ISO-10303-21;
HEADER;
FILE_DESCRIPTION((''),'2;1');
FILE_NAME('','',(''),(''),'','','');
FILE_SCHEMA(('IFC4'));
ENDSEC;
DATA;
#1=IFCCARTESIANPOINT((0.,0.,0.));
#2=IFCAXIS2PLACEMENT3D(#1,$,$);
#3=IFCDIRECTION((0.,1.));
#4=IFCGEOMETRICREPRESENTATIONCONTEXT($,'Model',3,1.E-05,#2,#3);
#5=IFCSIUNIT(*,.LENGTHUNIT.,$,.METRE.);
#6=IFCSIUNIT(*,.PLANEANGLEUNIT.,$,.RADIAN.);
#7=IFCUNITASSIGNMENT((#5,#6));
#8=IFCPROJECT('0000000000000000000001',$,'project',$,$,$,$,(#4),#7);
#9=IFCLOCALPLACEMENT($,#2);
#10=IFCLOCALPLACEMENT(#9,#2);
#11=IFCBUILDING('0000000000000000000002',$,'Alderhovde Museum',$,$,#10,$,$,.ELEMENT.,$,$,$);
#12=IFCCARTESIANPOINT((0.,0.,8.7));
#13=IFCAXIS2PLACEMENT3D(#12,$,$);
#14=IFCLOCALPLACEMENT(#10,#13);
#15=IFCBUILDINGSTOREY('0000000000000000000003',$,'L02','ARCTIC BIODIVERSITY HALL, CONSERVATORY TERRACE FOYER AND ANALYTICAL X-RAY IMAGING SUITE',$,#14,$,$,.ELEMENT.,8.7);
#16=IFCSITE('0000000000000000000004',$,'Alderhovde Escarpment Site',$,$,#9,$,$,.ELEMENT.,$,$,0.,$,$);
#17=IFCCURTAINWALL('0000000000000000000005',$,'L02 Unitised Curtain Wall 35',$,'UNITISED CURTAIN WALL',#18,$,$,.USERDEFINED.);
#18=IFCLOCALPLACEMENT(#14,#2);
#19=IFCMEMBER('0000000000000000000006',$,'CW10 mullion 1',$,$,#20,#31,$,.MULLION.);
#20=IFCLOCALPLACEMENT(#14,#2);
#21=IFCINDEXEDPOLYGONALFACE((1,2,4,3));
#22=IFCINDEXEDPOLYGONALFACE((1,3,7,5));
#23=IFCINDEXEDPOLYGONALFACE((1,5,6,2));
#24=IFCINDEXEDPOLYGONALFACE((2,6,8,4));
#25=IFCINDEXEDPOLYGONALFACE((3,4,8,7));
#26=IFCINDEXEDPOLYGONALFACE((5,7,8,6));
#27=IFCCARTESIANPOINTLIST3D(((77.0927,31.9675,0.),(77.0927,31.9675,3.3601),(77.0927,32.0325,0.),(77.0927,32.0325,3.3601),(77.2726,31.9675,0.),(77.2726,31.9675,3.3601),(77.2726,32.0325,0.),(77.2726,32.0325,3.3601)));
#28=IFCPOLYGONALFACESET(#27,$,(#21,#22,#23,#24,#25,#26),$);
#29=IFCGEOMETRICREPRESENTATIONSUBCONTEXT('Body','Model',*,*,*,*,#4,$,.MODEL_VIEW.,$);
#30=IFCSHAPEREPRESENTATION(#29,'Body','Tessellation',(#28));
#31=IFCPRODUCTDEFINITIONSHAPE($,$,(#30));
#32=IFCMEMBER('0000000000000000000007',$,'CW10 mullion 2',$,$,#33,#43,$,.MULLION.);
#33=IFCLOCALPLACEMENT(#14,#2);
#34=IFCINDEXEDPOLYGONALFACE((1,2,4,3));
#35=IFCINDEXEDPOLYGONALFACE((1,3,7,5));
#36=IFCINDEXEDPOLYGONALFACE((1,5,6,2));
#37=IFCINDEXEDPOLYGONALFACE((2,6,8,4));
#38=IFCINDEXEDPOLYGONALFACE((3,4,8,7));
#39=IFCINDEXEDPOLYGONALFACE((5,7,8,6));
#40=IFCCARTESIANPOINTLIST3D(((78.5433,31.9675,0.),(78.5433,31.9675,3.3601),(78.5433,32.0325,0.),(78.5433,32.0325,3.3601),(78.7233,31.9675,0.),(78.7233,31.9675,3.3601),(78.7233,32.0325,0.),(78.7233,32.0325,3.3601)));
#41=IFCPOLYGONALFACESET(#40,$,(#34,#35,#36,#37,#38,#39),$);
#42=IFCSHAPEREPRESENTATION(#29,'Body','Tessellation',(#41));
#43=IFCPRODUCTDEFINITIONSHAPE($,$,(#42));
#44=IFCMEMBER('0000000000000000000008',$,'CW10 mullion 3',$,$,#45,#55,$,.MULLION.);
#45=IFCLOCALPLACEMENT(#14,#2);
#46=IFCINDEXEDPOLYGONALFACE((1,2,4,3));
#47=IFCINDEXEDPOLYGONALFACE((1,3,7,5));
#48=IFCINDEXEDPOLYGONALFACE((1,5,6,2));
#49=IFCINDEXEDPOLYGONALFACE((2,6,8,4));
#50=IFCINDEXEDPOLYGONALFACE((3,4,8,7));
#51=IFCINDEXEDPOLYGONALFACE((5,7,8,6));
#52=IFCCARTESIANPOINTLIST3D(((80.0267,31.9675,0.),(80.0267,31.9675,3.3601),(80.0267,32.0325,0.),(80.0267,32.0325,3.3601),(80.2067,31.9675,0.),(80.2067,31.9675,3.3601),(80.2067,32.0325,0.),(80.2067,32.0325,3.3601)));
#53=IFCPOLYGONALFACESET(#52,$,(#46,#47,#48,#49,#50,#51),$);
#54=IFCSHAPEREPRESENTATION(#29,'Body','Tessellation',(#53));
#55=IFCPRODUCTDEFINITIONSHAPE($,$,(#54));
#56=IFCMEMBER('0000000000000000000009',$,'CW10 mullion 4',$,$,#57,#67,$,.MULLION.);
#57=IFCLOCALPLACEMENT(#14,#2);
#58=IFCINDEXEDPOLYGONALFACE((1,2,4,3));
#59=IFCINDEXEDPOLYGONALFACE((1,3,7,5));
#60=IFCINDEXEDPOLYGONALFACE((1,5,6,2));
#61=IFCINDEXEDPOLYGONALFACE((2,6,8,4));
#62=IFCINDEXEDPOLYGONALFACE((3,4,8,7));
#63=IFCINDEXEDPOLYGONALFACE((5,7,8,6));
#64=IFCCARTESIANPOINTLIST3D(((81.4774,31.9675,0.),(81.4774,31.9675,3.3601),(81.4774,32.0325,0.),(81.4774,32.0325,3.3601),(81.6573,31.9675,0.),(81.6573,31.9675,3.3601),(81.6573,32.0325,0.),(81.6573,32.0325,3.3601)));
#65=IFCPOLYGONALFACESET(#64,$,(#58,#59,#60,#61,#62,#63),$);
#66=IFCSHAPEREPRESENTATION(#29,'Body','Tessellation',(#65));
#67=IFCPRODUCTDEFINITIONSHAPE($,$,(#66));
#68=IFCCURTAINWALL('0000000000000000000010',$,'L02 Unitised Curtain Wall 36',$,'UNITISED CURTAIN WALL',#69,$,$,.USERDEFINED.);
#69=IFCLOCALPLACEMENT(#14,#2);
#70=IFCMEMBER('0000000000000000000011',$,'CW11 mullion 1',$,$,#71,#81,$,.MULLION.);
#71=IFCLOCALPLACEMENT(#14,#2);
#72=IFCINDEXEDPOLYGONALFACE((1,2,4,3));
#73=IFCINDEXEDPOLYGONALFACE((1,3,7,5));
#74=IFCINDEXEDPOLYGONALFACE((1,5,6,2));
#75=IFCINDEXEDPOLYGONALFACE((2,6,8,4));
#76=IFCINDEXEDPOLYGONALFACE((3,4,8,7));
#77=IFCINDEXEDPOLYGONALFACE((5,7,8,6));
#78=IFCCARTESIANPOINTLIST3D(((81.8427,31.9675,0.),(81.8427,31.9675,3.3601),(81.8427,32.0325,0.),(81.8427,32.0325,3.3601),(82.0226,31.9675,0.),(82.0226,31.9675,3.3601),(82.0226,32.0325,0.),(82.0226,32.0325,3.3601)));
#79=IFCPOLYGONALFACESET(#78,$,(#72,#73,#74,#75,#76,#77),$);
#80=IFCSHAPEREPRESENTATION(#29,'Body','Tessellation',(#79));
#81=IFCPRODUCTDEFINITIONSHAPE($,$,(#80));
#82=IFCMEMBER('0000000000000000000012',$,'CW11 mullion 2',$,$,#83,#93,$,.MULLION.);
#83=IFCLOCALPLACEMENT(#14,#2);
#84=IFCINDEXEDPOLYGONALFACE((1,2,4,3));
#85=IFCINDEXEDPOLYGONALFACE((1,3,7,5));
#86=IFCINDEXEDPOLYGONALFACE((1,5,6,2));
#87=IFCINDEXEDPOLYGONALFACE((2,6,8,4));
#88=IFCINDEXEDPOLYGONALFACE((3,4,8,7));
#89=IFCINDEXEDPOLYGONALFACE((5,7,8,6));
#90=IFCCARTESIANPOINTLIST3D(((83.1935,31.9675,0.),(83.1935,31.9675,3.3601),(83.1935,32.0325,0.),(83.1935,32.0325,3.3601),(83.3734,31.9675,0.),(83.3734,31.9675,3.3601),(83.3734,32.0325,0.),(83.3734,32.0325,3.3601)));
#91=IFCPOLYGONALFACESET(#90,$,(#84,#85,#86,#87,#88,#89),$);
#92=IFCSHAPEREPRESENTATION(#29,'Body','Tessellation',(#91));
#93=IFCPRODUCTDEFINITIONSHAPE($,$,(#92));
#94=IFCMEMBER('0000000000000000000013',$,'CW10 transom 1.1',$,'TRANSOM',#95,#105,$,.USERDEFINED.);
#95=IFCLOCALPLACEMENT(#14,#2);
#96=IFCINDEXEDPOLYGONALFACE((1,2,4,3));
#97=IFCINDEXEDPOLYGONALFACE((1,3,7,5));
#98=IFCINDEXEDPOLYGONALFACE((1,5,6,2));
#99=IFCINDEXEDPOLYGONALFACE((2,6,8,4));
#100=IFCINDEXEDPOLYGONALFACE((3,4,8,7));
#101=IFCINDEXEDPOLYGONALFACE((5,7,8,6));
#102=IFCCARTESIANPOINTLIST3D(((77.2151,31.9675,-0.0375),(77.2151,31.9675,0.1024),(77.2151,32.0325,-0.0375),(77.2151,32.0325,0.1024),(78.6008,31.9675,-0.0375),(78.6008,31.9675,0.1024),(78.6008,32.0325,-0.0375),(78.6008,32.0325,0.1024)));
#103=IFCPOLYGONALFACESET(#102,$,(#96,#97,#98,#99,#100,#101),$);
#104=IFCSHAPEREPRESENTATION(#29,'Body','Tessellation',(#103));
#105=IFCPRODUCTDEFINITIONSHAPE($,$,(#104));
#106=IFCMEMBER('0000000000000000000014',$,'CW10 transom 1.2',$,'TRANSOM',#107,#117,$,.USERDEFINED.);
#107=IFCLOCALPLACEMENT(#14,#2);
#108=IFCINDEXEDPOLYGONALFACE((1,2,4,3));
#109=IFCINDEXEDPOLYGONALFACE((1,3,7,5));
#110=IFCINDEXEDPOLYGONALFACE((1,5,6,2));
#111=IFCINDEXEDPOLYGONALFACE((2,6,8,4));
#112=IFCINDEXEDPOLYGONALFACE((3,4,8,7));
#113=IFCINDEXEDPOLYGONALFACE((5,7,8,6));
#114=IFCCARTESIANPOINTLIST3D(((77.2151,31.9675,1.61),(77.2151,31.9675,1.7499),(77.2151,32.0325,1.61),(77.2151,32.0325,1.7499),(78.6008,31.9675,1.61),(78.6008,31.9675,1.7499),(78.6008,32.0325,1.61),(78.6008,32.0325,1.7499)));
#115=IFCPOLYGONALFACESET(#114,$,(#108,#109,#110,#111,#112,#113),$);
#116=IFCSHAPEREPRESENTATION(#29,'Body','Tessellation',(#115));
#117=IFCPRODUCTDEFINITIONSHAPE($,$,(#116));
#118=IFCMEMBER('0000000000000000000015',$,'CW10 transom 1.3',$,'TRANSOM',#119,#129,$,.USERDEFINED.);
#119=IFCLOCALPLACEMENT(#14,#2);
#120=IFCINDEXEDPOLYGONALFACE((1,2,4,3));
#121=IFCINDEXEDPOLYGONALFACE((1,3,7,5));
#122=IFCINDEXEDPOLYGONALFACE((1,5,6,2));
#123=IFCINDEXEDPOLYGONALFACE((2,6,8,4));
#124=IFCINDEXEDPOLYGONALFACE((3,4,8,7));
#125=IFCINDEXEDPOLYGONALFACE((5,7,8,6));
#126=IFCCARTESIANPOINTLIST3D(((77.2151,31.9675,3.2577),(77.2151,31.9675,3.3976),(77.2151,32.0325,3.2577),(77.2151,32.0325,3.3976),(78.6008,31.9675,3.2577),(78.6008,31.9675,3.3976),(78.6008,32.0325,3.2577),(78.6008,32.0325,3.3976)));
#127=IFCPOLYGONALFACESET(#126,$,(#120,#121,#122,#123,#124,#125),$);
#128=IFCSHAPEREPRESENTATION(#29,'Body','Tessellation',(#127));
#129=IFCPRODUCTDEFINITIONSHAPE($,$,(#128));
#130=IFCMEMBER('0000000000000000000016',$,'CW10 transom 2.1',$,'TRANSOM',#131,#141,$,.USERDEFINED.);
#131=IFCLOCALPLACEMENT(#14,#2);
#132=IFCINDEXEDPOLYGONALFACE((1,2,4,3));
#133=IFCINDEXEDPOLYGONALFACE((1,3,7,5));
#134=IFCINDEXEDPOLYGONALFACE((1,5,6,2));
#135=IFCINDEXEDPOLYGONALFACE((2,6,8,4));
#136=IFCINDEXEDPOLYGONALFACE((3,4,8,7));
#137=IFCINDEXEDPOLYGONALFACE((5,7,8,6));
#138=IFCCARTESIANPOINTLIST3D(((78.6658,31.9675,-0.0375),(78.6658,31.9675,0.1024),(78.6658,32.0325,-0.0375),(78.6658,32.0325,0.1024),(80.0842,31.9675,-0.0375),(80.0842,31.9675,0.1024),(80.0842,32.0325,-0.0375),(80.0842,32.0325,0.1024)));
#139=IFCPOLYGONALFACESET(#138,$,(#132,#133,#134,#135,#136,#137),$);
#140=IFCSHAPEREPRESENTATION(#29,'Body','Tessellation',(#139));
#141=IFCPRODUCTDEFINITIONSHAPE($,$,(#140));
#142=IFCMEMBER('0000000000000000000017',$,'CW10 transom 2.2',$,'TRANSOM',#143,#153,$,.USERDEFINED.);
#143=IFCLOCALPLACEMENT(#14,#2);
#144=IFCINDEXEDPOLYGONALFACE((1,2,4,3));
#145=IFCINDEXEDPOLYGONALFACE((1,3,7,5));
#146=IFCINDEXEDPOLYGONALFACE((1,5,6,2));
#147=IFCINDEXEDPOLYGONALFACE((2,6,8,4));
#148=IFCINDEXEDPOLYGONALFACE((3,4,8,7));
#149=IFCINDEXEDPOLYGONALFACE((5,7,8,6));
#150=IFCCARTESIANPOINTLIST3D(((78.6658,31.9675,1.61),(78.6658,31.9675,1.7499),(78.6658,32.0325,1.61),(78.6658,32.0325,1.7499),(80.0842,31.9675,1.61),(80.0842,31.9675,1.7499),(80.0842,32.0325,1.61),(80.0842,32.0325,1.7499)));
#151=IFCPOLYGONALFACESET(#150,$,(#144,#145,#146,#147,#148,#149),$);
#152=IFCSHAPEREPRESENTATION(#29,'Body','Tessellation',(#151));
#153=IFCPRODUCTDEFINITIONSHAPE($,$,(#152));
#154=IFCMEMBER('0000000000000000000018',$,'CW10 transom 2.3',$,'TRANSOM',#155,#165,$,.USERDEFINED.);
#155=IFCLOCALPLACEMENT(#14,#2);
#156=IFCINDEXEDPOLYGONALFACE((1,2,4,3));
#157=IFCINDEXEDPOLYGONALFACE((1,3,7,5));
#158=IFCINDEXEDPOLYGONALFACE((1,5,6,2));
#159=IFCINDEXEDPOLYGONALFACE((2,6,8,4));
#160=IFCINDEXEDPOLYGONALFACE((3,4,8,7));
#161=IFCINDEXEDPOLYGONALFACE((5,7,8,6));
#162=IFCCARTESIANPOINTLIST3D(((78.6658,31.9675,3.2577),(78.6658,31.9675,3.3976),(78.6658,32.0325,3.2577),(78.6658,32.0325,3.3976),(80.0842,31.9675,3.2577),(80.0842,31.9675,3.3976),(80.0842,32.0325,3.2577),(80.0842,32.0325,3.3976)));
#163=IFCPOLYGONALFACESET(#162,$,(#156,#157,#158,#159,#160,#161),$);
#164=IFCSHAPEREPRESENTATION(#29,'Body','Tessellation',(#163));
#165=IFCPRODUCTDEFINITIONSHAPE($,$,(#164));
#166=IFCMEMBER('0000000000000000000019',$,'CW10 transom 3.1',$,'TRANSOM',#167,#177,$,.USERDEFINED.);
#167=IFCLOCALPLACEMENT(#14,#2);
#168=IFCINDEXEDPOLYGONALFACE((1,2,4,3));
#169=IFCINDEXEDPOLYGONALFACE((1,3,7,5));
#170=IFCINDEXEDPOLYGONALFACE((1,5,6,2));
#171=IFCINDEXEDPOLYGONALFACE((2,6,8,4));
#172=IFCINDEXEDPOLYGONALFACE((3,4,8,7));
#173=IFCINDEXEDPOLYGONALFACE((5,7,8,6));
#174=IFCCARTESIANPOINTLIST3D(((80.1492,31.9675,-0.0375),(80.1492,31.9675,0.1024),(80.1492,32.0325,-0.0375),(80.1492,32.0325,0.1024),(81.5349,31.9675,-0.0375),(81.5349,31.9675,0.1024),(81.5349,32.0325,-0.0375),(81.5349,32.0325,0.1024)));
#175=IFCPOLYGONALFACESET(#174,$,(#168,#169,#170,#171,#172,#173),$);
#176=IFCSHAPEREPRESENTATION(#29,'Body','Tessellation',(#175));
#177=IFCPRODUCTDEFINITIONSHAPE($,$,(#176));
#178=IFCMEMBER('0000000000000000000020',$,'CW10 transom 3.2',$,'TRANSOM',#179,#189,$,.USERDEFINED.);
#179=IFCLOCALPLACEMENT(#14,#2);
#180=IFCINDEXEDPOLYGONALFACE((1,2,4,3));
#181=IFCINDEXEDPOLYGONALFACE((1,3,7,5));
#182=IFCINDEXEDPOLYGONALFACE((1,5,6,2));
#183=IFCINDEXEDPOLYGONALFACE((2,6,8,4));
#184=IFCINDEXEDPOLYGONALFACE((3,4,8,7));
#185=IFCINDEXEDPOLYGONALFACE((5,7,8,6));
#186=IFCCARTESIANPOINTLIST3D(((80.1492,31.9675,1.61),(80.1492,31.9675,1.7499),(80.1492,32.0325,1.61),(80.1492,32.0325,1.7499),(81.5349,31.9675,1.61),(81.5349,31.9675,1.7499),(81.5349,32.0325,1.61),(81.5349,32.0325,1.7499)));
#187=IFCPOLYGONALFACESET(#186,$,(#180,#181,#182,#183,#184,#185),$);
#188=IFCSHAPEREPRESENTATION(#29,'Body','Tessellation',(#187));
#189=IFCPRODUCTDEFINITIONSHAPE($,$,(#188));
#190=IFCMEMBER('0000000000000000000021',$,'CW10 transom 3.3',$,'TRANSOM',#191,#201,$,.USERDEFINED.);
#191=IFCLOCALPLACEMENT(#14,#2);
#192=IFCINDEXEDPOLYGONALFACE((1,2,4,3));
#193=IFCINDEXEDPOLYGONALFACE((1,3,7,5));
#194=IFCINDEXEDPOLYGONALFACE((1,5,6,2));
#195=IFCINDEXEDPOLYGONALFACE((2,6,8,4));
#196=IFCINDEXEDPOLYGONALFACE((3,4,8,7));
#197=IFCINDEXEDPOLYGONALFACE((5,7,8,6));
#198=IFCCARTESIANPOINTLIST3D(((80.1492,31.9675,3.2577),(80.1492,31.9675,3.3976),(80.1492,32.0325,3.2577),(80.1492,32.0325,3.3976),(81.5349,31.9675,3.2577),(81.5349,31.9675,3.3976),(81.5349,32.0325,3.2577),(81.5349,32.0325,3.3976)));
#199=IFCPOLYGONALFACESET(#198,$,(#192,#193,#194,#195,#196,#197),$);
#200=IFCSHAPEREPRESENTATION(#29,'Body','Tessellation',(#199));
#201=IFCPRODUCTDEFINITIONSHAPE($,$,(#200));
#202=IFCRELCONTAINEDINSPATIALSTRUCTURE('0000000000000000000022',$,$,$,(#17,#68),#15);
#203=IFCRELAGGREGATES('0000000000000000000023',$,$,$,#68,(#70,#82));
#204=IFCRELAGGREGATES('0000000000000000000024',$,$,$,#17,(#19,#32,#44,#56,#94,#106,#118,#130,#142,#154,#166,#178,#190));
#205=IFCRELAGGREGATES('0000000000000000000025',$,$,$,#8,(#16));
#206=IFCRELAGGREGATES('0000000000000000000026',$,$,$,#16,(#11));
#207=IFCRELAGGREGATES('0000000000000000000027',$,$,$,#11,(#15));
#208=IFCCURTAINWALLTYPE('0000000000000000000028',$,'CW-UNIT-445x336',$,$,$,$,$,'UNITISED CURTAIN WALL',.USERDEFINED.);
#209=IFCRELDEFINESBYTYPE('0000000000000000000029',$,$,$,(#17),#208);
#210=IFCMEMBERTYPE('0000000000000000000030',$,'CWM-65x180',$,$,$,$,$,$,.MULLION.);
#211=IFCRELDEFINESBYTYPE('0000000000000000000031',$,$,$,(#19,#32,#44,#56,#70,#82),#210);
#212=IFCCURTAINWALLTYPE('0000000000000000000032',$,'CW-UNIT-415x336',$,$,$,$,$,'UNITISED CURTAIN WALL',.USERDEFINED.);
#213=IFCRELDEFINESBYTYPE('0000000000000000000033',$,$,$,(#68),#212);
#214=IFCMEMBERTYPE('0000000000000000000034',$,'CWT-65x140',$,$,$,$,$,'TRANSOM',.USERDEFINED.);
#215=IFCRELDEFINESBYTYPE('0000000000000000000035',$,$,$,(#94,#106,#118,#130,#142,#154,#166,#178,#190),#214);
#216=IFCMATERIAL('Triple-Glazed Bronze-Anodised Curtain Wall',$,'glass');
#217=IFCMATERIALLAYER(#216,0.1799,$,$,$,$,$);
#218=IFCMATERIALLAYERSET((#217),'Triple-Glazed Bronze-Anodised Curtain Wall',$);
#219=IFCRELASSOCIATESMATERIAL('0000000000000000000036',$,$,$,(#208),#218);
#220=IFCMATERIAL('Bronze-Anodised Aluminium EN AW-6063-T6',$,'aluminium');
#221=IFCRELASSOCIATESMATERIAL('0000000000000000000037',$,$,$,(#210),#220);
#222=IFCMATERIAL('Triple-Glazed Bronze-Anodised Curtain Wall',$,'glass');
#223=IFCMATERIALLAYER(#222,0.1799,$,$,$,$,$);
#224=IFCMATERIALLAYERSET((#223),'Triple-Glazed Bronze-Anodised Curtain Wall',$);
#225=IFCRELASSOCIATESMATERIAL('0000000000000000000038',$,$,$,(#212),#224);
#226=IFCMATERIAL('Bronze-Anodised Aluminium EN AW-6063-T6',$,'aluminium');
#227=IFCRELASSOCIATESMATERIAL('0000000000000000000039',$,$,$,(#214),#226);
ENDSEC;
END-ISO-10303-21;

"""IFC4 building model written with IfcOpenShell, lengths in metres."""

from ifc_helpers import new_model, si_unit, direction, frame, origin, origin_2d, place, context, subcontext, project, spatial, rectangle, extrude, material, layer, layer_set, material_profile, profile_set, type_object, element, aggregate, save


model = new_model("IFC4")

# Units and contexts
model_context = context("Model", 3, precision=1e-05, world=origin(), true_north=direction((0.0, 1.0)))
body_context = subcontext(model_context, "Body", "Model", "MODEL_VIEW")
ifc_project = project(units=[si_unit("LENGTHUNIT", "METRE"), si_unit("PLANEANGLEUNIT", "RADIAN")], contexts=[model_context])

# Site, building, storey
site_placement = place(None, origin())
site = spatial("IfcSite", under=ifc_project, at=site_placement, Name="Alderhovde Escarpment Site", CompositionType="ELEMENT", RefElevation=0.0)
building_placement = place(site_placement, origin())
building = spatial("IfcBuilding", under=site, at=building_placement, Name="Alderhovde Museum", CompositionType="ELEMENT")
storey_placement = place(building_placement, frame((0.0, 0.0, 8.7)))
storey = spatial("IfcBuildingStorey", under=building, at=storey_placement, Name="L02", Description="ARCTIC BIODIVERSITY HALL, CONSERVATORY TERRACE FOYER AND ANALYTICAL X-RAY IMAGING SUITE", CompositionType="ELEMENT", Elevation=8.7)

# Curtain walls, members
ifc_material_1 = material(Name="Triple-Glazed Bronze-Anodised Curtain Wall", Category="glass")
ifc_layer_1 = layer(ifc_material_1, 0.1799)
ifc_layer_set_1 = layer_set([ifc_layer_1], Name="Triple-Glazed Bronze-Anodised Curtain Wall")
curtain_wall_type_1 = type_object("IfcCurtainWallType", Name="CW-UNIT-445x336", ElementType="UNITISED CURTAIN WALL", PredefinedType="USERDEFINED", material=ifc_layer_set_1)
curtain_wall_1_placement = place(storey_placement, origin())
curtain_wall_1 = element("IfcCurtainWall", 1, at=curtain_wall_1_placement, inside=storey, type_object=curtain_wall_type_1, Name="L02 Unitised Curtain Wall 35", ObjectType="UNITISED CURTAIN WALL", PredefinedType="USERDEFINED")
ifc_material_2 = material(Name="Bronze-Anodised Aluminium EN AW-6063-T6", Category="aluminium")
ifc_material_profile_1 = material_profile(ifc_material_2, rectangle(XDim=0.0649, YDim=0.1799, at=origin_2d()), Name="MULLION 65x180")
ifc_profile_set_1 = profile_set([ifc_material_profile_1], Name="Bronze-Anodised Aluminium EN AW-6063-T6")
member_type_1 = type_object("IfcMemberType", Name="CWM-65x180", PredefinedType="MULLION", material=ifc_profile_set_1)
member_1_placement = place(storey_placement, frame((77.1826, 32.0, 0.0), z_axis=(0.0, 0.0, 1.0), x_axis=(0.0, 1.0, 0.0)))
member_1 = element("IfcMember", 2, at=member_1_placement, type_object=member_type_1, Name="CW10 mullion 1", PredefinedType="MULLION", context=body_context, shape_type="SweptSolid", body=[
    extrude(rectangle(XDim=0.0649, YDim=0.1799, at=origin_2d()), origin(), (0.0, 0.0, 1.0), 3.3601),
])
member_2_placement = place(storey_placement, frame((78.6333, 32.0, 0.0), z_axis=(0.0, 0.0, 1.0), x_axis=(0.0, 1.0, 0.0)))
member_2 = element("IfcMember", 3, at=member_2_placement, type_object=member_type_1, Name="CW10 mullion 2", PredefinedType="MULLION", context=body_context, shape_type="SweptSolid", body=[
    extrude(rectangle(XDim=0.0649, YDim=0.1799, at=origin_2d()), origin(), (0.0, 0.0, 1.0), 3.3601),
])
member_3_placement = place(storey_placement, frame((80.1167, 32.0, 0.0), z_axis=(0.0, 0.0, 1.0), x_axis=(0.0, 1.0, 0.0)))
member_3 = element("IfcMember", 4, at=member_3_placement, type_object=member_type_1, Name="CW10 mullion 3", PredefinedType="MULLION", context=body_context, shape_type="SweptSolid", body=[
    extrude(rectangle(XDim=0.0649, YDim=0.1799, at=origin_2d()), origin(), (0.0, 0.0, 1.0), 3.3601),
])
member_4_placement = place(storey_placement, frame((81.5674, 32.0, 0.0), z_axis=(0.0, 0.0, 1.0), x_axis=(0.0, 1.0, 0.0)))
member_4 = element("IfcMember", 5, at=member_4_placement, type_object=member_type_1, Name="CW10 mullion 4", PredefinedType="MULLION", context=body_context, shape_type="SweptSolid", body=[
    extrude(rectangle(XDim=0.0649, YDim=0.1799, at=origin_2d()), origin(), (0.0, 0.0, 1.0), 3.3601),
])
ifc_material_3 = material(Name="Triple-Glazed Bronze-Anodised Curtain Wall", Category="glass")
ifc_layer_2 = layer(ifc_material_3, 0.1799)
ifc_layer_set_2 = layer_set([ifc_layer_2], Name="Triple-Glazed Bronze-Anodised Curtain Wall")
curtain_wall_type_2 = type_object("IfcCurtainWallType", Name="CW-UNIT-415x336", ElementType="UNITISED CURTAIN WALL", PredefinedType="USERDEFINED", material=ifc_layer_set_2)
curtain_wall_2_placement = place(storey_placement, origin())
curtain_wall_2 = element("IfcCurtainWall", 6, at=curtain_wall_2_placement, inside=storey, type_object=curtain_wall_type_2, Name="L02 Unitised Curtain Wall 36", ObjectType="UNITISED CURTAIN WALL", PredefinedType="USERDEFINED")
member_5_placement = place(storey_placement, frame((81.9326, 32.0, 0.0), z_axis=(0.0, 0.0, 1.0), x_axis=(0.0, 1.0, 0.0)))
member_5 = element("IfcMember", 7, at=member_5_placement, type_object=member_type_1, Name="CW11 mullion 1", PredefinedType="MULLION", context=body_context, shape_type="SweptSolid", body=[
    extrude(rectangle(XDim=0.0649, YDim=0.1799, at=origin_2d()), origin(), (0.0, 0.0, 1.0), 3.3601),
])
member_6_placement = place(storey_placement, frame((83.2834, 32.0, 0.0), z_axis=(0.0, 0.0, 1.0), x_axis=(0.0, 1.0, 0.0)))
member_6 = element("IfcMember", 8, at=member_6_placement, type_object=member_type_1, Name="CW11 mullion 2", PredefinedType="MULLION", context=body_context, shape_type="SweptSolid", body=[
    extrude(rectangle(XDim=0.0649, YDim=0.1799, at=origin_2d()), origin(), (0.0, 0.0, 1.0), 3.3601),
])

# Members
ifc_material_4 = material(Name="Bronze-Anodised Aluminium EN AW-6063-T6", Category="aluminium")
ifc_material_profile_2 = material_profile(ifc_material_4, rectangle(XDim=0.0649, YDim=0.1399, at=origin_2d()), Name="TRANSOM 65x140")
ifc_profile_set_2 = profile_set([ifc_material_profile_2], Name="Bronze-Anodised Aluminium EN AW-6063-T6")
member_type_2 = type_object("IfcMemberType", Name="CWT-65x140", ElementType="TRANSOM", PredefinedType="USERDEFINED", material=ifc_profile_set_2)
member_7_placement = place(storey_placement, frame((77.2151, 32.0, 0.0325), z_axis=(1.0, 0.0, 0.0), x_axis=(0.0, 1.0, 0.0)))
member_7 = element("IfcMember", 9, at=member_7_placement, type_object=member_type_2, Name="CW10 transom 1.1", ObjectType="TRANSOM", PredefinedType="USERDEFINED", context=body_context, shape_type="SweptSolid", body=[
    extrude(rectangle(XDim=0.0649, YDim=0.1399, at=origin_2d()), origin(), (0.0, 0.0, 1.0), 1.3857),
])
member_8_placement = place(storey_placement, frame((77.2151, 32.0, 1.6799), z_axis=(1.0, 0.0, 0.0), x_axis=(0.0, 1.0, 0.0)))
member_8 = element("IfcMember", 10, at=member_8_placement, type_object=member_type_2, Name="CW10 transom 1.2", ObjectType="TRANSOM", PredefinedType="USERDEFINED", context=body_context, shape_type="SweptSolid", body=[
    extrude(rectangle(XDim=0.0649, YDim=0.1399, at=origin_2d()), origin(), (0.0, 0.0, 1.0), 1.3857),
])
member_9_placement = place(storey_placement, frame((77.2151, 32.0, 3.3276), z_axis=(1.0, 0.0, 0.0), x_axis=(0.0, 1.0, 0.0)))
member_9 = element("IfcMember", 11, at=member_9_placement, type_object=member_type_2, Name="CW10 transom 1.3", ObjectType="TRANSOM", PredefinedType="USERDEFINED", context=body_context, shape_type="SweptSolid", body=[
    extrude(rectangle(XDim=0.0649, YDim=0.1399, at=origin_2d()), origin(), (0.0, 0.0, 1.0), 1.3857),
])
member_10_placement = place(storey_placement, frame((78.6658, 32.0, 0.0325), z_axis=(1.0, 0.0, 0.0), x_axis=(0.0, 1.0, 0.0)))
member_10 = element("IfcMember", 12, at=member_10_placement, type_object=member_type_2, Name="CW10 transom 2.1", ObjectType="TRANSOM", PredefinedType="USERDEFINED", context=body_context, shape_type="SweptSolid", body=[
    extrude(rectangle(XDim=0.0649, YDim=0.1399, at=origin_2d()), origin(), (0.0, 0.0, 1.0), 1.4185),
])
member_11_placement = place(storey_placement, frame((78.6658, 32.0, 1.6799), z_axis=(1.0, 0.0, 0.0), x_axis=(0.0, 1.0, 0.0)))
member_11 = element("IfcMember", 13, at=member_11_placement, type_object=member_type_2, Name="CW10 transom 2.2", ObjectType="TRANSOM", PredefinedType="USERDEFINED", context=body_context, shape_type="SweptSolid", body=[
    extrude(rectangle(XDim=0.0649, YDim=0.1399, at=origin_2d()), origin(), (0.0, 0.0, 1.0), 1.4185),
])
member_12_placement = place(storey_placement, frame((78.6658, 32.0, 3.3276), z_axis=(1.0, 0.0, 0.0), x_axis=(0.0, 1.0, 0.0)))
member_12 = element("IfcMember", 14, at=member_12_placement, type_object=member_type_2, Name="CW10 transom 2.3", ObjectType="TRANSOM", PredefinedType="USERDEFINED", context=body_context, shape_type="SweptSolid", body=[
    extrude(rectangle(XDim=0.0649, YDim=0.1399, at=origin_2d()), origin(), (0.0, 0.0, 1.0), 1.4185),
])
member_13_placement = place(storey_placement, frame((80.1492, 32.0, 0.0325), z_axis=(1.0, 0.0, 0.0), x_axis=(0.0, 1.0, 0.0)))
member_13 = element("IfcMember", 15, at=member_13_placement, type_object=member_type_2, Name="CW10 transom 3.1", ObjectType="TRANSOM", PredefinedType="USERDEFINED", context=body_context, shape_type="SweptSolid", body=[
    extrude(rectangle(XDim=0.0649, YDim=0.1399, at=origin_2d()), origin(), (0.0, 0.0, 1.0), 1.3857),
])
member_14_placement = place(storey_placement, frame((80.1492, 32.0, 1.6799), z_axis=(1.0, 0.0, 0.0), x_axis=(0.0, 1.0, 0.0)))
member_14 = element("IfcMember", 16, at=member_14_placement, type_object=member_type_2, Name="CW10 transom 3.2", ObjectType="TRANSOM", PredefinedType="USERDEFINED", context=body_context, shape_type="SweptSolid", body=[
    extrude(rectangle(XDim=0.0649, YDim=0.1399, at=origin_2d()), origin(), (0.0, 0.0, 1.0), 1.3857),
])
member_15_placement = place(storey_placement, frame((80.1492, 32.0, 3.3276), z_axis=(1.0, 0.0, 0.0), x_axis=(0.0, 1.0, 0.0)))
member_15 = element("IfcMember", 17, at=member_15_placement, type_object=member_type_2, Name="CW10 transom 3.3", ObjectType="TRANSOM", PredefinedType="USERDEFINED", context=body_context, shape_type="SweptSolid", body=[
    extrude(rectangle(XDim=0.0649, YDim=0.1399, at=origin_2d()), origin(), (0.0, 0.0, 1.0), 1.3857),
])

aggregate(curtain_wall_2, [member_5, member_6])
aggregate(curtain_wall_1, [member_1, member_2, member_3, member_4, member_7, member_8, member_9, member_10, member_11, member_12, member_13, member_14, member_15])

save(model, "model.ifc")
